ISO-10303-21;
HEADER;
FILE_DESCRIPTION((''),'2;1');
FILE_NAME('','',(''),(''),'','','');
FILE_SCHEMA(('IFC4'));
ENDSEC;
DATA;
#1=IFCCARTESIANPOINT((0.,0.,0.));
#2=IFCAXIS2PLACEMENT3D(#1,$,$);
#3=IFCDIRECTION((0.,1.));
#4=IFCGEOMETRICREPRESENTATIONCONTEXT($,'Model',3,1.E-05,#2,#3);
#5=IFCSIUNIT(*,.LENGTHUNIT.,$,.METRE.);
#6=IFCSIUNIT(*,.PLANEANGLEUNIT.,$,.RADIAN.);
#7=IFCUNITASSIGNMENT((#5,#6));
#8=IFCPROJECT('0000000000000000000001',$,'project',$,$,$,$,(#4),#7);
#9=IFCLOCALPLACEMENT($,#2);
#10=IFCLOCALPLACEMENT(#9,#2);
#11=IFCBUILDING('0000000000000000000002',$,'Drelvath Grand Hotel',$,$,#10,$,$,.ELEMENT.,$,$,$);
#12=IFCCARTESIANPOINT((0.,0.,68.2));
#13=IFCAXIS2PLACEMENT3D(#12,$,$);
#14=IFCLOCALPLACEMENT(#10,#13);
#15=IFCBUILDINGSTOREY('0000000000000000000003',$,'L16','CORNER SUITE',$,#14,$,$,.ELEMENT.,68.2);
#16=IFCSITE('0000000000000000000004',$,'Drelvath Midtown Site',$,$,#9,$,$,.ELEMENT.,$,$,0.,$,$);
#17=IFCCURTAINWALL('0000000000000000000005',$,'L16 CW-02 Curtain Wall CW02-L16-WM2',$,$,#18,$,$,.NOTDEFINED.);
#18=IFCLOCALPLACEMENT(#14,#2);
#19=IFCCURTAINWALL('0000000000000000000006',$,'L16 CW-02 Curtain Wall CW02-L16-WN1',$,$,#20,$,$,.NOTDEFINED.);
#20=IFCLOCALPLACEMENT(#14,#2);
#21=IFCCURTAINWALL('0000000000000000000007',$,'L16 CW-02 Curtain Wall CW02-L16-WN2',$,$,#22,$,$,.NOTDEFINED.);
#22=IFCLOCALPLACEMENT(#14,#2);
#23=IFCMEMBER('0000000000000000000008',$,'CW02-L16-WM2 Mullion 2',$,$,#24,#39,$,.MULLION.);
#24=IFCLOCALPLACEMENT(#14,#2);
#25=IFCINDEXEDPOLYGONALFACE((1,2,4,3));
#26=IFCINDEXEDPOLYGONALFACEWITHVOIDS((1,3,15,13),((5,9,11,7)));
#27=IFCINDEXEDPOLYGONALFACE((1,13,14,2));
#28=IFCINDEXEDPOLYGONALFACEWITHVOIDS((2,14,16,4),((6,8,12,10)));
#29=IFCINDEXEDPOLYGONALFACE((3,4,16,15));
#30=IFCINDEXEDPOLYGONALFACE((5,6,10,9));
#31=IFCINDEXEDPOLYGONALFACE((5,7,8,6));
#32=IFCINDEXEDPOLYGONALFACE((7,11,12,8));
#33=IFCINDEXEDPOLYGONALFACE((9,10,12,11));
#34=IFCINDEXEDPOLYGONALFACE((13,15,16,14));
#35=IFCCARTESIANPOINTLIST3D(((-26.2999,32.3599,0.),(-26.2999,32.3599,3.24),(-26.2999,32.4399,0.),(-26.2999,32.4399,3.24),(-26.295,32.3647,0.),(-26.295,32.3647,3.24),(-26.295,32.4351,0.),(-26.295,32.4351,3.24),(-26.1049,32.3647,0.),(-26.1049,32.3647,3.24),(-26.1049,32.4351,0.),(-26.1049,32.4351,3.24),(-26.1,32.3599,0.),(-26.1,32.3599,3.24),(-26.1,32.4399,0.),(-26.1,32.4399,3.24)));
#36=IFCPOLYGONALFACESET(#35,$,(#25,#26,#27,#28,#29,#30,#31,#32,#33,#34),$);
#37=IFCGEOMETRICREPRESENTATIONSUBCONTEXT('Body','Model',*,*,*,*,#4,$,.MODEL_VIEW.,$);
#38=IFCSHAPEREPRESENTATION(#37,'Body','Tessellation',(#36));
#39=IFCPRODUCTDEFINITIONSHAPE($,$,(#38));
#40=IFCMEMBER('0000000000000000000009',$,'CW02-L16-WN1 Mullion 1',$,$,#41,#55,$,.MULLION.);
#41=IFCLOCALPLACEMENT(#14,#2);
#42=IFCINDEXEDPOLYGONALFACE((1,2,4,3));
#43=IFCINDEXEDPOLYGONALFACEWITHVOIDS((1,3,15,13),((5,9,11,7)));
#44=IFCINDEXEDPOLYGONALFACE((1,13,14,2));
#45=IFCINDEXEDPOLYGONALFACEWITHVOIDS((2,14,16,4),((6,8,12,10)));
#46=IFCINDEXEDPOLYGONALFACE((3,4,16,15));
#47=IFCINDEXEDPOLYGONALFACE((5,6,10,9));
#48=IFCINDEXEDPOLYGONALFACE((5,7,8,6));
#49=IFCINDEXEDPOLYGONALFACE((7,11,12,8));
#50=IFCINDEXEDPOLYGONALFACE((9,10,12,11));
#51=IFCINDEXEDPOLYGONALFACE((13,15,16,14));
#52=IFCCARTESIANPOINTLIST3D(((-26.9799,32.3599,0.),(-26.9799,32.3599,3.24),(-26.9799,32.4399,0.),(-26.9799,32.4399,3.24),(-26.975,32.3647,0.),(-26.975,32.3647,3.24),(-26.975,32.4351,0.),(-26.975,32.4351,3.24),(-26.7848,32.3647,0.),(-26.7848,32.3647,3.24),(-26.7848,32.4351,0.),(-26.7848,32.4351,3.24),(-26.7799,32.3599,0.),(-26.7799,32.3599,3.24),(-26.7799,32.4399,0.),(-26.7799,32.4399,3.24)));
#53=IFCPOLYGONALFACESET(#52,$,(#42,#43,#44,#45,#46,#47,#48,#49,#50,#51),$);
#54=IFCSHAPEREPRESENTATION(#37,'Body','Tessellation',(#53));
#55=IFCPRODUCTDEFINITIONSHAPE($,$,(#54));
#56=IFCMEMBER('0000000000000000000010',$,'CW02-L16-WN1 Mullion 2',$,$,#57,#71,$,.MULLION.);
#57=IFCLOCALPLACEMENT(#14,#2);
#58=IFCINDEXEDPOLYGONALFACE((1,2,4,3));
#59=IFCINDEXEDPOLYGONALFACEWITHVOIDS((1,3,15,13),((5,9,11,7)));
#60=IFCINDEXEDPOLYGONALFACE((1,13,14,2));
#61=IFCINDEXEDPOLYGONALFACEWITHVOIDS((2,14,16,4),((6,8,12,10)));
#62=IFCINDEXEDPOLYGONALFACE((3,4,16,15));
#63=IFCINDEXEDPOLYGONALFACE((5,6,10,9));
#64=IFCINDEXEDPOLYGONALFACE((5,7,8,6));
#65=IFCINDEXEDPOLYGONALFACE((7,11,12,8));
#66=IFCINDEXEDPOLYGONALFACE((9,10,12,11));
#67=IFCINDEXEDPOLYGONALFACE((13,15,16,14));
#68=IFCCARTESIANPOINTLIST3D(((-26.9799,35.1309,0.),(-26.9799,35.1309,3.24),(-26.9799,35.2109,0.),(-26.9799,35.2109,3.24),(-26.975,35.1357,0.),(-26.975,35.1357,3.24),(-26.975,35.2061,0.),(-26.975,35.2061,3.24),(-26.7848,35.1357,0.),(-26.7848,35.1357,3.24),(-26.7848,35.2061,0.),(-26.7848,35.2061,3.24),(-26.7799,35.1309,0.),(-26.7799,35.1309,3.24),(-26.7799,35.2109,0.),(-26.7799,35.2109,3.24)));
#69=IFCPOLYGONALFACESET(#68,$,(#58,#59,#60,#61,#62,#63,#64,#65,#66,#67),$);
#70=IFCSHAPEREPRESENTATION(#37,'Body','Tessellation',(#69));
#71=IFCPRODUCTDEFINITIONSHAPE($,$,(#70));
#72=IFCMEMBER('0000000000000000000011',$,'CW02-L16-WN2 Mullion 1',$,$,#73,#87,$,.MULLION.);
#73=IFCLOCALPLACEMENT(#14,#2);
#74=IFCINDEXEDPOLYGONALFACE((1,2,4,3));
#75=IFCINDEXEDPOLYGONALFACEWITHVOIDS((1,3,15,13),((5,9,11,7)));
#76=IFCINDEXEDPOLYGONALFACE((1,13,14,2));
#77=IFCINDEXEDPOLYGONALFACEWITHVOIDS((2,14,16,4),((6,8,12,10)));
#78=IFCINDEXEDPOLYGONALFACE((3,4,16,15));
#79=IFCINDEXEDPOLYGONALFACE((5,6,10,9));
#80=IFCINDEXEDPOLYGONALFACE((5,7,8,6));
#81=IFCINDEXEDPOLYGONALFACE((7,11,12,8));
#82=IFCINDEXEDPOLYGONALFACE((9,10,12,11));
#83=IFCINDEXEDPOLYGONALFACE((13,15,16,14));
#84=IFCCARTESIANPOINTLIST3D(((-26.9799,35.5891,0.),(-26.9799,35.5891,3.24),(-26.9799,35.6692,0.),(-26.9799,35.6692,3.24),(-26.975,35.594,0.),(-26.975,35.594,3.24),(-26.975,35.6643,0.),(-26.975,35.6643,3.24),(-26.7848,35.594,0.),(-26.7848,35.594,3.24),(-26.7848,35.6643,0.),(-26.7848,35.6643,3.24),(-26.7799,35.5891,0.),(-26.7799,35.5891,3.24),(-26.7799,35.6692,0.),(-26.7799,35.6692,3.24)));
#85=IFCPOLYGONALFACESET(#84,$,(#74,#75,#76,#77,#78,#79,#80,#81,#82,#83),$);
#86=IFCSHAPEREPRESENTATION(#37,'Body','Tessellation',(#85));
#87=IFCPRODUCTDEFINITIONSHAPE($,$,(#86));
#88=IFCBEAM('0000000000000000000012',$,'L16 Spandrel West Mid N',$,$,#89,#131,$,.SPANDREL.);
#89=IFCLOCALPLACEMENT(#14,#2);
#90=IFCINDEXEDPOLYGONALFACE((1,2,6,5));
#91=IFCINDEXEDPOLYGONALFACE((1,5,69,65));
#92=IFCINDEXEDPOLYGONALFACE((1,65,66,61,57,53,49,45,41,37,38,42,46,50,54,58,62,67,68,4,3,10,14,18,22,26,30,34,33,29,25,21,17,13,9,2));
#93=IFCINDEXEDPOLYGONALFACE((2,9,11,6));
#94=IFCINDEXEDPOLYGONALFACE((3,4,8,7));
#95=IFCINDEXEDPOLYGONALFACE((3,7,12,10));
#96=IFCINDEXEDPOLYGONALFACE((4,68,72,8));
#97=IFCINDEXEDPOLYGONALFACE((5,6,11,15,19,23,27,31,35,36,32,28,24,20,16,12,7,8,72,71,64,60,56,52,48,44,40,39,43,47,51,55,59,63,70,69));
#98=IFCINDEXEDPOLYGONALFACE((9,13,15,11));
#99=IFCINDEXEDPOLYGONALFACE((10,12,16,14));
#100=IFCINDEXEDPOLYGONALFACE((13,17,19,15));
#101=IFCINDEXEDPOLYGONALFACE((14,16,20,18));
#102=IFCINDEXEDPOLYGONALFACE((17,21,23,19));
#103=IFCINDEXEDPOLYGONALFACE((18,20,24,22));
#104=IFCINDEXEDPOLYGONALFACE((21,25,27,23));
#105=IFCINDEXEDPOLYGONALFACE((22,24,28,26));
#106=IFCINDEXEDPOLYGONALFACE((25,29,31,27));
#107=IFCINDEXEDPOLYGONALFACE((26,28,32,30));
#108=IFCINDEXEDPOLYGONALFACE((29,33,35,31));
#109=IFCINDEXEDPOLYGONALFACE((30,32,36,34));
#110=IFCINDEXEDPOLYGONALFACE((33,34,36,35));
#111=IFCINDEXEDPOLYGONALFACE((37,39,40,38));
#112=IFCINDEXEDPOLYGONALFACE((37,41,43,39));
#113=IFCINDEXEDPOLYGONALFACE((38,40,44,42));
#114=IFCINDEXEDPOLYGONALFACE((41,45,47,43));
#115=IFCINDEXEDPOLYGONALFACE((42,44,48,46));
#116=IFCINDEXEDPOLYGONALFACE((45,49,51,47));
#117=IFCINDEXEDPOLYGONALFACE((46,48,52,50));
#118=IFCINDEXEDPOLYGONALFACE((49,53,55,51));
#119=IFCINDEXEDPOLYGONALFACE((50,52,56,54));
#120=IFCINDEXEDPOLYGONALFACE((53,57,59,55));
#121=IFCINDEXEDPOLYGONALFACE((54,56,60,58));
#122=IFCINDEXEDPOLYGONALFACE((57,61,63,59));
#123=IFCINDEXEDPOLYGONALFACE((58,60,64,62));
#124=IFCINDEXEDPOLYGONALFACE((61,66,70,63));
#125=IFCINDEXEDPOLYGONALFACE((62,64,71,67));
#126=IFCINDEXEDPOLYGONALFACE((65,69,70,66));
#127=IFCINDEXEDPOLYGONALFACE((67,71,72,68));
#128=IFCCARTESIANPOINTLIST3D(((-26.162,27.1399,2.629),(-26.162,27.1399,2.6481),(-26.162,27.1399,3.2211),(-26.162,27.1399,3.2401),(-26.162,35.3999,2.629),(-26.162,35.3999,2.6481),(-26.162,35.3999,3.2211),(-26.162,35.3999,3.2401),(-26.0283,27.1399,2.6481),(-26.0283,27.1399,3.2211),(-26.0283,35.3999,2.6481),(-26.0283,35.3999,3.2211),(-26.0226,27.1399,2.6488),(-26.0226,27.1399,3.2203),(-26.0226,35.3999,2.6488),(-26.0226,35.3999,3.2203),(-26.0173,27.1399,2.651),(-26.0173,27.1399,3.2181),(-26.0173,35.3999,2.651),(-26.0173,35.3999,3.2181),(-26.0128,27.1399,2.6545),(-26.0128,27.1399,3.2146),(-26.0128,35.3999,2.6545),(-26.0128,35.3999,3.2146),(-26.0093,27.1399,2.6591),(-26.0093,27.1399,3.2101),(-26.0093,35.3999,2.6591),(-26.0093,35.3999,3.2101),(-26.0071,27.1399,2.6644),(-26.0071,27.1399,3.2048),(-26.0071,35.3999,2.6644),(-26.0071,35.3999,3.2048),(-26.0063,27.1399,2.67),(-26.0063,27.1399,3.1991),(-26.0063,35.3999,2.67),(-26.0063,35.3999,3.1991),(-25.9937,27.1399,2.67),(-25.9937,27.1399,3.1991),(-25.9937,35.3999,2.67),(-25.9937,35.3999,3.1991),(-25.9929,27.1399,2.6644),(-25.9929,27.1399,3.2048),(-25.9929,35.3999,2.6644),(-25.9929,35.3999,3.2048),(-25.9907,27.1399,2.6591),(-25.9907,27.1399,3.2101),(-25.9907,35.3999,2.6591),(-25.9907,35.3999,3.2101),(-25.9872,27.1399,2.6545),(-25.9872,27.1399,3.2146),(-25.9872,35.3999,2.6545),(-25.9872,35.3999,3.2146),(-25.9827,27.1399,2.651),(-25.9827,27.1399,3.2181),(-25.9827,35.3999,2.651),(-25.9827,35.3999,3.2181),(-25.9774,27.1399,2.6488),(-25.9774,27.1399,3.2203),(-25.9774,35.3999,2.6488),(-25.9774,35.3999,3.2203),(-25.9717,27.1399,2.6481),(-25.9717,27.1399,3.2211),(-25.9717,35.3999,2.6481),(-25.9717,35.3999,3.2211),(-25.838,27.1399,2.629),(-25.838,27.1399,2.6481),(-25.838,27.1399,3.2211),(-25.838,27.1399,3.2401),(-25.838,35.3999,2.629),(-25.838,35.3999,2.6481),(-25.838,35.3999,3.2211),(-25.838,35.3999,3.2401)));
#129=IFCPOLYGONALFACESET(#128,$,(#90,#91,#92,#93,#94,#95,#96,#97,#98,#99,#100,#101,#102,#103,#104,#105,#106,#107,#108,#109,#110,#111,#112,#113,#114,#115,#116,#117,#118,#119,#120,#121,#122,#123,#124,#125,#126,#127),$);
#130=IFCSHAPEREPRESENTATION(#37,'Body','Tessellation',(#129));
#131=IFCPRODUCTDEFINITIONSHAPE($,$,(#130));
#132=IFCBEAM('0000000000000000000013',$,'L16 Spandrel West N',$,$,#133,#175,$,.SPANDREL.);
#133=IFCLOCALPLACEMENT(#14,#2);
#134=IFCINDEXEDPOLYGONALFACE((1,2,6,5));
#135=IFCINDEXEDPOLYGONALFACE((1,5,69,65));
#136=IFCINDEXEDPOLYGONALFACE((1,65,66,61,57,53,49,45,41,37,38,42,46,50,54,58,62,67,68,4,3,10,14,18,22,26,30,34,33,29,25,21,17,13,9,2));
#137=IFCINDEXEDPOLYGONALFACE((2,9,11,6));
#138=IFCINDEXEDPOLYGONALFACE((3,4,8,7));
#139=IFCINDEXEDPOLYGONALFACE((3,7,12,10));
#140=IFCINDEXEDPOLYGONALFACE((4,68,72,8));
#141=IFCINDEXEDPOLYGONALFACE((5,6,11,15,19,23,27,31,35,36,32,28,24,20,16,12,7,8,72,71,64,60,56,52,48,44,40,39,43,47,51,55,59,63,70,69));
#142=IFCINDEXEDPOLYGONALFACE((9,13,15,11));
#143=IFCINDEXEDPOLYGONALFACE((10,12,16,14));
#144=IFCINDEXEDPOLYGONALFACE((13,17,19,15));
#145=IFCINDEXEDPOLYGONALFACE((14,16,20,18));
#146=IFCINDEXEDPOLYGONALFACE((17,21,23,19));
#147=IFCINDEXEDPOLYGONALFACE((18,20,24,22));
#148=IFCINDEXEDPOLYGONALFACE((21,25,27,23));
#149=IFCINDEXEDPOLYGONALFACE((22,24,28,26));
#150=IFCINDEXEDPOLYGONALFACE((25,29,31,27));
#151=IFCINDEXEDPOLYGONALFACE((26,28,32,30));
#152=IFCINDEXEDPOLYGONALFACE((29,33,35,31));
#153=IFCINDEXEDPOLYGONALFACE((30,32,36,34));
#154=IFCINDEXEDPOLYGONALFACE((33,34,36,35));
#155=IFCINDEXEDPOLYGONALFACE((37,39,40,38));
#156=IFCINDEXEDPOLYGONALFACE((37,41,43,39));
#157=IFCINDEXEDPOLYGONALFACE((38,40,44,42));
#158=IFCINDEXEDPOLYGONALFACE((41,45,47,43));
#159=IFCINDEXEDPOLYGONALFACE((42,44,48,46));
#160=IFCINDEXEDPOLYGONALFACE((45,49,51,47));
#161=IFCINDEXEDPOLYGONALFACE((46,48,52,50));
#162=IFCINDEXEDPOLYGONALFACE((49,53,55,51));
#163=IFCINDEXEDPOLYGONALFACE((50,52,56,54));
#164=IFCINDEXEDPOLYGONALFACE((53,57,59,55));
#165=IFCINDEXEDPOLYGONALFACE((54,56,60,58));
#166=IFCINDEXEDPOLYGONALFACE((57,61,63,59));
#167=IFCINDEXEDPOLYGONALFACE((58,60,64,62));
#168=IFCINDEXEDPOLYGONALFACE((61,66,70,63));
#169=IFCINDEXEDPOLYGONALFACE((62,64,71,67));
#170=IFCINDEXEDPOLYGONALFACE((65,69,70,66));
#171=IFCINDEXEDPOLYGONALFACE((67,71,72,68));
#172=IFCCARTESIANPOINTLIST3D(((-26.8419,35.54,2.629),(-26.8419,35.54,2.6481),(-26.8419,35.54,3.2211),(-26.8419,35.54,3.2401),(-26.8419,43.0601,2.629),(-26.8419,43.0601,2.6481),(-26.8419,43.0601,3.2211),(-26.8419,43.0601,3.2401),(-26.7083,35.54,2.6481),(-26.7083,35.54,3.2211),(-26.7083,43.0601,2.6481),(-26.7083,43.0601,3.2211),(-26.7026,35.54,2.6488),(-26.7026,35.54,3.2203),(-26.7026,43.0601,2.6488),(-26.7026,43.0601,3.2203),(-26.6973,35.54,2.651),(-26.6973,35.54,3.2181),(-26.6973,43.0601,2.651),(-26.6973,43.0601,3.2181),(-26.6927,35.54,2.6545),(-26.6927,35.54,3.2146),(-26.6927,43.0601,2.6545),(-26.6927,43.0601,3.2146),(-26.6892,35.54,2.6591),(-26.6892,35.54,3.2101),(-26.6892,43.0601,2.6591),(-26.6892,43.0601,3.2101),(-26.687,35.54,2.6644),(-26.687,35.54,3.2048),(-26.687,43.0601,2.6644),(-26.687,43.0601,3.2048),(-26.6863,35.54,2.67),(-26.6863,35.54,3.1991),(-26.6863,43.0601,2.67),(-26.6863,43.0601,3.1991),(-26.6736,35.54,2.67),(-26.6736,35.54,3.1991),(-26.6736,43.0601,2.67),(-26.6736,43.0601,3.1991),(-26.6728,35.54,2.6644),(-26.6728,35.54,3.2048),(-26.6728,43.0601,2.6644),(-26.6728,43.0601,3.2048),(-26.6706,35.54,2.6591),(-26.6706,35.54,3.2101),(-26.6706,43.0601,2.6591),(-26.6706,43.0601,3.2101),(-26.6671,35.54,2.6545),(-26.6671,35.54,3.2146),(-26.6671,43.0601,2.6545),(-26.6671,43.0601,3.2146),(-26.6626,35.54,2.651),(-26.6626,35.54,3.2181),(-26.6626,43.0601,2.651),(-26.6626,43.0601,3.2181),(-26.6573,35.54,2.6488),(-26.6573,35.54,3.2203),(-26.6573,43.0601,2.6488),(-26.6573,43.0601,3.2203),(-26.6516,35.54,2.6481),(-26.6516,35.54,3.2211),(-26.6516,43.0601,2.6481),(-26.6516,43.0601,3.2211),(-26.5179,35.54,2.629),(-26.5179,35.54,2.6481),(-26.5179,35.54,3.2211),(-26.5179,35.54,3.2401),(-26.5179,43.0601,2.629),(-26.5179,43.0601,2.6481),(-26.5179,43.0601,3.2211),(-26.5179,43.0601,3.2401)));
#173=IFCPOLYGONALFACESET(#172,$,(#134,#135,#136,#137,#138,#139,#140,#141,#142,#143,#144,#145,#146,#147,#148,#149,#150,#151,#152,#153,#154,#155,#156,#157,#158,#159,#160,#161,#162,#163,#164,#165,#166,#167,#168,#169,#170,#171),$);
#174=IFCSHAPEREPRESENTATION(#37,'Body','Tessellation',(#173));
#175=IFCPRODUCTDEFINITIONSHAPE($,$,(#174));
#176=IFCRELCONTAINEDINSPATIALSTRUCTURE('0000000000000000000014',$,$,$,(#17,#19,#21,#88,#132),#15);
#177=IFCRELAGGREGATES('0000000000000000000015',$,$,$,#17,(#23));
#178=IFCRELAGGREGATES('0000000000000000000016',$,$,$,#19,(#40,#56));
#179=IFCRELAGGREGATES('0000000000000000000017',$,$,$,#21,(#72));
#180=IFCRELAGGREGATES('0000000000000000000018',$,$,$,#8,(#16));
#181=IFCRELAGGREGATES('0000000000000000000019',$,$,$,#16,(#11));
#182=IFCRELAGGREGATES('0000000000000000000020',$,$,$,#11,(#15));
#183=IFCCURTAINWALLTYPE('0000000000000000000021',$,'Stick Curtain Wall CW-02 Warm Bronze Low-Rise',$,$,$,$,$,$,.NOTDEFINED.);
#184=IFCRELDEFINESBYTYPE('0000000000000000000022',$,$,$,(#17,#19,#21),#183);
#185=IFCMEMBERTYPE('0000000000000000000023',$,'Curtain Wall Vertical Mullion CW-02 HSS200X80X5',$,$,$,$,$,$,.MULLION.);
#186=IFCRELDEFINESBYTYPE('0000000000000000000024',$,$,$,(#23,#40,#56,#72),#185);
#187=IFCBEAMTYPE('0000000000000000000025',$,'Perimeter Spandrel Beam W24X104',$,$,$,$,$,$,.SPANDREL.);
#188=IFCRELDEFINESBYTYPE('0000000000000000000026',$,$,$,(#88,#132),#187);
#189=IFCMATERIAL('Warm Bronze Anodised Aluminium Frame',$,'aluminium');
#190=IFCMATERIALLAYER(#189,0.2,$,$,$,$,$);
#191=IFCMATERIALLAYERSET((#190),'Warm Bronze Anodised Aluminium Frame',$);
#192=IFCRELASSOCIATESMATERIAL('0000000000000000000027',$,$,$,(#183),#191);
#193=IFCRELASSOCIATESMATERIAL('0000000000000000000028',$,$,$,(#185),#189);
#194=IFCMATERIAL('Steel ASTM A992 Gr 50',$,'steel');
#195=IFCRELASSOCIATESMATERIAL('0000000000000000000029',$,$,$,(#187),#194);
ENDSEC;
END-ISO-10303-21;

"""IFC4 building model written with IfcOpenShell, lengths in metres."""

from ifc_helpers import new_model, si_unit, direction, frame, origin, origin_2d, place, context, subcontext, project, spatial, hollow_rectangle, i_section, extrude, material, layer, layer_set, material_profile, profile_set, type_object, element, aggregate, save


model = new_model("IFC4")

# Units and contexts
model_context = context("Model", 3, precision=1e-05, world=origin(), true_north=direction((0.0, 1.0)))
body_context = subcontext(model_context, "Body", "Model", "MODEL_VIEW")
ifc_project = project(units=[si_unit("LENGTHUNIT", "METRE"), si_unit("PLANEANGLEUNIT", "RADIAN")], contexts=[model_context])

# Site, building, storey
site_placement = place(None, origin())
site = spatial("IfcSite", under=ifc_project, at=site_placement, Name="Drelvath Midtown Site", CompositionType="ELEMENT", RefElevation=0.0)
building_placement = place(site_placement, origin())
building = spatial("IfcBuilding", under=site, at=building_placement, Name="Drelvath Grand Hotel", CompositionType="ELEMENT")
storey_placement = place(building_placement, frame((0.0, 0.0, 68.2)))
storey = spatial("IfcBuildingStorey", under=building, at=storey_placement, Name="L16", Description="CORNER SUITE", CompositionType="ELEMENT", Elevation=68.2)

# Curtain walls
ifc_material_1 = material(Name="Warm Bronze Anodised Aluminium Frame", Category="aluminium")
ifc_layer_1 = layer(ifc_material_1, 0.2)
ifc_layer_set_1 = layer_set([ifc_layer_1], Name="Warm Bronze Anodised Aluminium Frame")
curtain_wall_type = type_object("IfcCurtainWallType", Name="Stick Curtain Wall CW-02 Warm Bronze Low-Rise", PredefinedType="NOTDEFINED", material=ifc_layer_set_1)
curtain_wall_1_placement = place(storey_placement, origin())
curtain_wall_1 = element("IfcCurtainWall", 1, at=curtain_wall_1_placement, inside=storey, type_object=curtain_wall_type, Name="L16 CW-02 Curtain Wall CW02-L16-WM2", PredefinedType="NOTDEFINED")
curtain_wall_2_placement = place(storey_placement, origin())
curtain_wall_2 = element("IfcCurtainWall", 2, at=curtain_wall_2_placement, inside=storey, type_object=curtain_wall_type, Name="L16 CW-02 Curtain Wall CW02-L16-WN1", PredefinedType="NOTDEFINED")
curtain_wall_3_placement = place(storey_placement, origin())
curtain_wall_3 = element("IfcCurtainWall", 3, at=curtain_wall_3_placement, inside=storey, type_object=curtain_wall_type, Name="L16 CW-02 Curtain Wall CW02-L16-WN2", PredefinedType="NOTDEFINED")
ifc_material_profile_1 = material_profile(ifc_material_1, hollow_rectangle(XDim=0.0801, YDim=0.2, WallThickness=0.0049, at=origin_2d()), Name="HSS200X80X5")
ifc_profile_set_1 = profile_set([ifc_material_profile_1], Name="Warm Bronze Anodised Aluminium Frame")
member_type_1 = type_object("IfcMemberType", Name="Curtain Wall Vertical Mullion CW-02 HSS200X80X5", PredefinedType="MULLION", material=ifc_profile_set_1)

# Members
member_1_placement = place(storey_placement, frame((-26.2, 32.3999, 0.0), z_axis=(0.0, 0.0, 1.0), x_axis=(0.0, 1.0, 0.0)))
member_1 = element("IfcMember", 4, at=member_1_placement, type_object=member_type_1, Name="CW02-L16-WM2 Mullion 2", PredefinedType="MULLION", context=body_context, shape_type="SweptSolid", body=[
    extrude(hollow_rectangle(XDim=0.0801, YDim=0.2, WallThickness=0.0049, at=origin_2d()), origin(), (0.0, 0.0, 1.0), 3.24),
])
member_2_placement = place(storey_placement, frame((-26.8799, 32.3999, 0.0), z_axis=(0.0, 0.0, 1.0), x_axis=(0.0, 1.0, 0.0)))
member_2 = element("IfcMember", 5, at=member_2_placement, type_object=member_type_1, Name="CW02-L16-WN1 Mullion 1", PredefinedType="MULLION", context=body_context, shape_type="SweptSolid", body=[
    extrude(hollow_rectangle(XDim=0.0801, YDim=0.2, WallThickness=0.0049, at=origin_2d()), origin(), (0.0, 0.0, 1.0), 3.24),
])
member_3_placement = place(storey_placement, frame((-26.8799, 35.1709, 0.0), z_axis=(0.0, 0.0, 1.0), x_axis=(0.0, 1.0, 0.0)))
member_3 = element("IfcMember", 6, at=member_3_placement, type_object=member_type_1, Name="CW02-L16-WN1 Mullion 2", PredefinedType="MULLION", context=body_context, shape_type="SweptSolid", body=[
    extrude(hollow_rectangle(XDim=0.0801, YDim=0.2, WallThickness=0.0049, at=origin_2d()), origin(), (0.0, 0.0, 1.0), 3.24),
])
member_4_placement = place(storey_placement, frame((-26.8799, 35.6292, 0.0), z_axis=(0.0, 0.0, 1.0), x_axis=(0.0, 1.0, 0.0)))
member_4 = element("IfcMember", 7, at=member_4_placement, type_object=member_type_1, Name="CW02-L16-WN2 Mullion 1", PredefinedType="MULLION", context=body_context, shape_type="SweptSolid", body=[
    extrude(hollow_rectangle(XDim=0.0801, YDim=0.2, WallThickness=0.0049, at=origin_2d()), origin(), (0.0, 0.0, 1.0), 3.24),
])

# Beams
ifc_material_2 = material(Name="Steel ASTM A992 Gr 50", Category="steel")
ifc_material_profile_2 = material_profile(ifc_material_2, i_section(OverallWidth=0.324, OverallDepth=0.6111, WebThickness=0.0127, FlangeThickness=0.019, FilletRadius=0.022, at=origin_2d()), Name="W24X104")
ifc_profile_set_2 = profile_set([ifc_material_profile_2], Name="Steel ASTM A992 Gr 50")
beam_type_1 = type_object("IfcBeamType", Name="Perimeter Spandrel Beam W24X104", PredefinedType="SPANDREL", material=ifc_profile_set_2)
beam_1_placement = place(storey_placement, frame((-26.0, 27.1399, 2.9346), z_axis=(0.0, 1.0, 0.0), x_axis=(-1.0, 0.0, 0.0)))
element("IfcBeam", 8, at=beam_1_placement, inside=storey, type_object=beam_type_1, Name="L16 Spandrel West Mid N", PredefinedType="SPANDREL", context=body_context, shape_type="SweptSolid", body=[
    extrude(i_section(OverallWidth=0.324, OverallDepth=0.6111, WebThickness=0.0127, FlangeThickness=0.019, FilletRadius=0.022, at=origin_2d()), origin(), (0.0, 0.0, 1.0), 8.26),
])
beam_2_placement = place(storey_placement, frame((-26.6799, 35.54, 2.9346), z_axis=(0.0, 1.0, 0.0), x_axis=(-1.0, 0.0, 0.0)))
element("IfcBeam", 9, at=beam_2_placement, inside=storey, type_object=beam_type_1, Name="L16 Spandrel West N", PredefinedType="SPANDREL", context=body_context, shape_type="SweptSolid", body=[
    extrude(i_section(OverallWidth=0.324, OverallDepth=0.6111, WebThickness=0.0127, FlangeThickness=0.019, FilletRadius=0.022, at=origin_2d()), origin(), (0.0, 0.0, 1.0), 7.52),
])

aggregate(curtain_wall_1, [member_1])
aggregate(curtain_wall_2, [member_2, member_3])
aggregate(curtain_wall_3, [member_4])

save(model, "model.ifc")
